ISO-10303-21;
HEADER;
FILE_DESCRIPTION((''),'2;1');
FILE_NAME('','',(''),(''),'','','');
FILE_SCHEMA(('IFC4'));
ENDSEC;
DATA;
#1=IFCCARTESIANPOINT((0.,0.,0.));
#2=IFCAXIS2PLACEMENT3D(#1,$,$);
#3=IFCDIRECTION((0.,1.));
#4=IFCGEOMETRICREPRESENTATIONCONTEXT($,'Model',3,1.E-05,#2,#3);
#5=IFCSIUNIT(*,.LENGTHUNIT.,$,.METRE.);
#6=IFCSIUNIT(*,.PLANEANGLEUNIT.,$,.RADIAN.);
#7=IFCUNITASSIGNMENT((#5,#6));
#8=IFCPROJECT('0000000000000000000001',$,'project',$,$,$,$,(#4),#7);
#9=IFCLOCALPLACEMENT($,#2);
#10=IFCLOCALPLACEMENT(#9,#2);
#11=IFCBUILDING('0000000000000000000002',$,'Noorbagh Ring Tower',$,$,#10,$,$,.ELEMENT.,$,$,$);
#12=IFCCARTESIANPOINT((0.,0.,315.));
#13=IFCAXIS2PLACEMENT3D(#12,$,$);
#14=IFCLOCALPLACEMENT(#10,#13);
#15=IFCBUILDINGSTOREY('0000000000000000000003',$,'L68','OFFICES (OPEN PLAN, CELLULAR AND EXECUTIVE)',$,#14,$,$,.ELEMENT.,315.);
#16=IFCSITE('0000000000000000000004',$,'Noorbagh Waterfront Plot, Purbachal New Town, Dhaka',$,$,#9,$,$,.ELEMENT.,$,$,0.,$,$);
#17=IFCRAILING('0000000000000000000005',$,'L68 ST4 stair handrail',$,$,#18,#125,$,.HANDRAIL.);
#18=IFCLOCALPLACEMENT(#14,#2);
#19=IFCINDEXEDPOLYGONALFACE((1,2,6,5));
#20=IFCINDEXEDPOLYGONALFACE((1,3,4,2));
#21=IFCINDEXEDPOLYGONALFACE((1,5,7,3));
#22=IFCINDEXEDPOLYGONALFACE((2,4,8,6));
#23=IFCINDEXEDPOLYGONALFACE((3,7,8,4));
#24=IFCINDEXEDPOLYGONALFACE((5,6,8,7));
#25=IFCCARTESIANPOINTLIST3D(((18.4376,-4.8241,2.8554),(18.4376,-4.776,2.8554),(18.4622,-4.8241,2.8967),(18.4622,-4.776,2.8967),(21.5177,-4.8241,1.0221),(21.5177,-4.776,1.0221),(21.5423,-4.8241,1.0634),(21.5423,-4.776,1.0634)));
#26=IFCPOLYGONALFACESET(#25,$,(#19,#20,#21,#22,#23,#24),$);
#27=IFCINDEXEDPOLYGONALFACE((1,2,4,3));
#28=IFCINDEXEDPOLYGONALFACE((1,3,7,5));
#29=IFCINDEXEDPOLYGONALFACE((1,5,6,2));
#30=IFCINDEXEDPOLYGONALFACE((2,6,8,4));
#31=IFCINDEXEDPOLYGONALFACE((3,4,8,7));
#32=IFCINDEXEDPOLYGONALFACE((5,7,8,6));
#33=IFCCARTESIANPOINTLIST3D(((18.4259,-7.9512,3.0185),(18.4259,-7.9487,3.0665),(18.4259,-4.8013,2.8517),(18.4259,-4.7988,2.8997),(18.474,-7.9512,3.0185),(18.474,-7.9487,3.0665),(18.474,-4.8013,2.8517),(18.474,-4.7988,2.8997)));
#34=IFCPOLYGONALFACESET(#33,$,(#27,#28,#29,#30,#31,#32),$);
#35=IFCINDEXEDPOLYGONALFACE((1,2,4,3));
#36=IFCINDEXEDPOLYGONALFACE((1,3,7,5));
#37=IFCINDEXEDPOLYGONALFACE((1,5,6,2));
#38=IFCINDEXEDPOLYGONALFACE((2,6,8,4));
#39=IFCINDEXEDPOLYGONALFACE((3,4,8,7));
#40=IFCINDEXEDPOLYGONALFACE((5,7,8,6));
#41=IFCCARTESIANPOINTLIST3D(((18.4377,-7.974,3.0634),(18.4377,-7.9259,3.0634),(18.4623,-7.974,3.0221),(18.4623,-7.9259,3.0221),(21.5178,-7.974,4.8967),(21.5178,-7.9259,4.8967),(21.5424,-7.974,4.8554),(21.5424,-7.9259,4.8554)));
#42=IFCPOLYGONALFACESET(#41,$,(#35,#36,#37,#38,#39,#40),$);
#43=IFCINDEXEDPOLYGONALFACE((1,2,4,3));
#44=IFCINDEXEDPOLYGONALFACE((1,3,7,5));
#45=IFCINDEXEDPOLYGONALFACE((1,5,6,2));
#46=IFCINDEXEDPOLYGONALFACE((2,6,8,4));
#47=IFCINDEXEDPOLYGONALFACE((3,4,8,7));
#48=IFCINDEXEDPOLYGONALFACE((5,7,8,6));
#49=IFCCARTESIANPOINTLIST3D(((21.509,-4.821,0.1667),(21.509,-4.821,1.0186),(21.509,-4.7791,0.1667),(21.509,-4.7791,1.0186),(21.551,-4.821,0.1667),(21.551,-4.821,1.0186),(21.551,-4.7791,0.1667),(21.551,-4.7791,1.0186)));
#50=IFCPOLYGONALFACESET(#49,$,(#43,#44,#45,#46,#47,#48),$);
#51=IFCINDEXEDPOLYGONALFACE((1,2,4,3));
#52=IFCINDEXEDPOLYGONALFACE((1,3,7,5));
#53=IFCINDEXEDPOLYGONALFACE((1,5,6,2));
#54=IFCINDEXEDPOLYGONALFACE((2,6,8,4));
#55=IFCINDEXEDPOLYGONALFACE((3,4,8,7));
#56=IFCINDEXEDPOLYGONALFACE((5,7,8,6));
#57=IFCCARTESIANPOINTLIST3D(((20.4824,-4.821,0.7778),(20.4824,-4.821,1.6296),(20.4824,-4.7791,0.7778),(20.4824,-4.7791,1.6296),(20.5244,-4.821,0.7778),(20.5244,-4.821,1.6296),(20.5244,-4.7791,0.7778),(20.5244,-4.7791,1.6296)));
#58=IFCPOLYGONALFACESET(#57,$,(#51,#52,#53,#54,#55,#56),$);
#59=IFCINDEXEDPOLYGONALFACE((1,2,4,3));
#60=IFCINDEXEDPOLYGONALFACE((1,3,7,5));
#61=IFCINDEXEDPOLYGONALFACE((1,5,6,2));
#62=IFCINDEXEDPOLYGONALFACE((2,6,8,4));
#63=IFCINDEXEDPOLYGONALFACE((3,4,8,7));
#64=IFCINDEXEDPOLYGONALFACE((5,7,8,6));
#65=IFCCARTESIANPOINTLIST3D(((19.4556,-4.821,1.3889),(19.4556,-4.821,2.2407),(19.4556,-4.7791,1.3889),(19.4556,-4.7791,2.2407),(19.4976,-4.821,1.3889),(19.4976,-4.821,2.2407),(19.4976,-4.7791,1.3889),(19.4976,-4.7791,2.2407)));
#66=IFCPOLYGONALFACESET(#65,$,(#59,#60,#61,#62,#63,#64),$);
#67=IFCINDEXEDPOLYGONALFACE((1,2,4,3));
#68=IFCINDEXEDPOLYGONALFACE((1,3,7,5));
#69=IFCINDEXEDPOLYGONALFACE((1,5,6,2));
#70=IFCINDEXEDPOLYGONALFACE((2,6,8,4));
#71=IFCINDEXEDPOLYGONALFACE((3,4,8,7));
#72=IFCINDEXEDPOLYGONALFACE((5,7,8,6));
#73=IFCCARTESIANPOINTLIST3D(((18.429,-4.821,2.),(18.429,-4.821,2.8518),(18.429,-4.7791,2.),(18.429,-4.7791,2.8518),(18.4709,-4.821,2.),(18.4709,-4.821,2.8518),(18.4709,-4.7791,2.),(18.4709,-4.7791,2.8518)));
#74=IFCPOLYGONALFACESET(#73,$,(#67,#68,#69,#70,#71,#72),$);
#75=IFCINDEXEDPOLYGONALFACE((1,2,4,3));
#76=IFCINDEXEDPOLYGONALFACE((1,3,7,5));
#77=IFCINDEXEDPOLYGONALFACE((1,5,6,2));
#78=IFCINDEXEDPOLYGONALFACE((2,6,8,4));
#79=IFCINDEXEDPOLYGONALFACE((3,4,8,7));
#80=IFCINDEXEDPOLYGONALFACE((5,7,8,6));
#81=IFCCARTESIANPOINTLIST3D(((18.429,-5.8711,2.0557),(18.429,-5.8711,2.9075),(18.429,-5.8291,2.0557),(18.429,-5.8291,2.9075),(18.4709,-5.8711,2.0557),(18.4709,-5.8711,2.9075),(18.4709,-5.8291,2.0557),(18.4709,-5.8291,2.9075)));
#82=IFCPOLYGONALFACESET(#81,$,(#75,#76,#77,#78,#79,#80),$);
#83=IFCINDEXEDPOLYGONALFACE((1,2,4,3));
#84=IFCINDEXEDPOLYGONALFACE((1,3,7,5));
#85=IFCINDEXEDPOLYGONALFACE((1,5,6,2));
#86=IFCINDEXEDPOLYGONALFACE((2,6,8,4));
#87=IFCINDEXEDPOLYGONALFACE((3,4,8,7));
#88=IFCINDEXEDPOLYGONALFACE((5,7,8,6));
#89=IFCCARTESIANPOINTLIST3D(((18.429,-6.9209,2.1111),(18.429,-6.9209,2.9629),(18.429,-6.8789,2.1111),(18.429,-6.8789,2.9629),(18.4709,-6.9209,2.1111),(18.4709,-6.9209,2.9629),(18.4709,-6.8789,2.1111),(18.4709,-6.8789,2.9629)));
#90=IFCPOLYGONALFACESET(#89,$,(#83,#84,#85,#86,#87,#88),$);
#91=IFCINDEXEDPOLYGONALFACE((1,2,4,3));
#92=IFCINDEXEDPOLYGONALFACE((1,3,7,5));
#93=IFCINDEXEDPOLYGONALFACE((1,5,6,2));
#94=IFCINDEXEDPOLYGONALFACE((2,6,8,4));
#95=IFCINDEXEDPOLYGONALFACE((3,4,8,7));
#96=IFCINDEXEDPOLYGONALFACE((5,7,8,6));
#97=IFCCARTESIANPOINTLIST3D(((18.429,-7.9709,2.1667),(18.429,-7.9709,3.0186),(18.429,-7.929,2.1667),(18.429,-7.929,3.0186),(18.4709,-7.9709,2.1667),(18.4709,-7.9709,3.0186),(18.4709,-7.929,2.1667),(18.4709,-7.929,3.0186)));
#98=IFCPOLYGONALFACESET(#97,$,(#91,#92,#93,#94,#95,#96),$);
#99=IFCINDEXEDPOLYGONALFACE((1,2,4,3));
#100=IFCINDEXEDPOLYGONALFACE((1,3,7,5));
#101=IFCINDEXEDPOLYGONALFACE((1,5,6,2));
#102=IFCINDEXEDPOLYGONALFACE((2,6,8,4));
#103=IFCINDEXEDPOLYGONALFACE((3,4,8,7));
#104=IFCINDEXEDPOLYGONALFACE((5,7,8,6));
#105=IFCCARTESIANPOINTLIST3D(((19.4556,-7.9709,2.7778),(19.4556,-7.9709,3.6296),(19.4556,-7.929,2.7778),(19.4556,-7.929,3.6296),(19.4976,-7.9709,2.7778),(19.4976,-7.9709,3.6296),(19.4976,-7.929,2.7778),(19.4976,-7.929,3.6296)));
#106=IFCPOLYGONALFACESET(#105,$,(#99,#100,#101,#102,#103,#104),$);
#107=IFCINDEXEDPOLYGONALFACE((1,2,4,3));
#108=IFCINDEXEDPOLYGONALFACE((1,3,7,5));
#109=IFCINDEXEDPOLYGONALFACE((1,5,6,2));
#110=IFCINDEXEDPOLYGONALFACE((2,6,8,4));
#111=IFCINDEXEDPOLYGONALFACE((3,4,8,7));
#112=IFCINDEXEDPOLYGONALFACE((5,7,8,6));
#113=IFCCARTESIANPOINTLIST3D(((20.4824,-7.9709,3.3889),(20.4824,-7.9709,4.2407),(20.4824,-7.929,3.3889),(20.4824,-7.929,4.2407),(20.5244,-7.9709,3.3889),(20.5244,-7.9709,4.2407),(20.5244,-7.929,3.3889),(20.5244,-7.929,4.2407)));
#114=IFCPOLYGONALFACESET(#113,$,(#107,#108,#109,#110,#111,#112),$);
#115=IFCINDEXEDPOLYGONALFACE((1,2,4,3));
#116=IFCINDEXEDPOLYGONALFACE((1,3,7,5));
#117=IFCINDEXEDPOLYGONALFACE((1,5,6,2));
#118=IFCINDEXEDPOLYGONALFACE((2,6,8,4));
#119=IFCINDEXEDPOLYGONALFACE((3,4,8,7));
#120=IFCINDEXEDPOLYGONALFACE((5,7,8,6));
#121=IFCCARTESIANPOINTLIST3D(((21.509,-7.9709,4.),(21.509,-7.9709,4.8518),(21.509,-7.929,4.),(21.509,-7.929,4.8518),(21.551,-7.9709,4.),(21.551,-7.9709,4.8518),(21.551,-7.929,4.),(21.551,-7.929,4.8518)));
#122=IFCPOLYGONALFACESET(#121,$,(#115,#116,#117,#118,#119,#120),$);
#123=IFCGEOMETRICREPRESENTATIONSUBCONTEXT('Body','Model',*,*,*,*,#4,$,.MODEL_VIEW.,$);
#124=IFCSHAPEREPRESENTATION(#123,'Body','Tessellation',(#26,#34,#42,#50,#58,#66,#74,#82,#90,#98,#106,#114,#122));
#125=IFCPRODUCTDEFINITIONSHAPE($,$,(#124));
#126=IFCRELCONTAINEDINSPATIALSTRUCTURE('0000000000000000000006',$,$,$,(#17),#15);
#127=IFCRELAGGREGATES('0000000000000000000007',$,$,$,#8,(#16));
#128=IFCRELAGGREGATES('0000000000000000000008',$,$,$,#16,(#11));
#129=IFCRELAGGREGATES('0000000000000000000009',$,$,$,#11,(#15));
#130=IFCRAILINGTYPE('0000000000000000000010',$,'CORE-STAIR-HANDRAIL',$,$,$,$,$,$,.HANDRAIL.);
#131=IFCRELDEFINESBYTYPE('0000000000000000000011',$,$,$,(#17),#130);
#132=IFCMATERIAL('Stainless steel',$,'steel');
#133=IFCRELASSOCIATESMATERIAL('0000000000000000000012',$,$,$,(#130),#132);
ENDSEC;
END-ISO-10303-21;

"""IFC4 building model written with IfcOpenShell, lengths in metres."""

from ifc_helpers import new_model, si_unit, direction, frame, origin, origin_2d, place, context, subcontext, project, spatial, rectangle, extrude, material, type_object, element, save


model = new_model("IFC4")

# Units and contexts
model_context = context("Model", 3, precision=1e-05, world=origin(), true_north=direction((0.0, 1.0)))
body_context = subcontext(model_context, "Body", "Model", "MODEL_VIEW")
ifc_project = project(units=[si_unit("LENGTHUNIT", "METRE"), si_unit("PLANEANGLEUNIT", "RADIAN")], contexts=[model_context])

# Site, building, storey
site_placement = place(None, origin())
site = spatial("IfcSite", under=ifc_project, at=site_placement, Name="Noorbagh Waterfront Plot, Purbachal New Town, Dhaka", CompositionType="ELEMENT", RefElevation=0.0)
building_placement = place(site_placement, origin())
building = spatial("IfcBuilding", under=site, at=building_placement, Name="Noorbagh Ring Tower", CompositionType="ELEMENT")
storey_placement = place(building_placement, frame((0.0, 0.0, 315.0)))
storey = spatial("IfcBuildingStorey", under=building, at=storey_placement, Name="L68", Description="OFFICES (OPEN PLAN, CELLULAR AND EXECUTIVE)", CompositionType="ELEMENT", Elevation=315.0)

# Railing
ifc_material_1 = material(Name="Stainless steel", Category="steel")
railing_type_1 = type_object("IfcRailingType", Name="CORE-STAIR-HANDRAIL", PredefinedType="HANDRAIL", material=ifc_material_1)
railing_1_placement = place(storey_placement, frame((21.53, -4.8, 0.1667)))
element("IfcRailing", 1, at=railing_1_placement, inside=storey, type_object=railing_type_1, Name="L68 ST4 stair handrail", PredefinedType="HANDRAIL", context=body_context, shape_type="SweptSolid", body=[
    extrude(rectangle(XDim=0.0481, YDim=0.0481, at=origin_2d()), frame((0.0, 0.0, 0.876), z_axis=(-0.859309, 0.0, 0.511458), x_axis=(0.0, -1.0, 0.0)), (0.0, 0.0, 1.0), 3.5845),
    extrude(rectangle(XDim=0.0481, YDim=0.0481, at=origin_2d()), frame((-3.0801, 0.0, 2.709), z_axis=(0.0, -0.998602, 0.052864), x_axis=(1.0, 0.0, 0.0)), (0.0, 0.0, 1.0), 3.1543),
    extrude(rectangle(XDim=0.0481, YDim=0.0481, at=origin_2d()), frame((-3.0801, -3.1499, 2.876), z_axis=(0.859309, 0.0, 0.511458), x_axis=(0.0, 1.0, 0.0)), (0.0, 0.0, 1.0), 3.5845),
    extrude(rectangle(XDim=0.042, YDim=0.042, at=origin_2d()), origin(), (0.0, 0.0, 1.0), 0.8518),
    extrude(rectangle(XDim=0.042, YDim=0.042, at=origin_2d()), frame((-1.0266, 0.0, 0.6111)), (0.0, 0.0, 1.0), 0.8518),
    extrude(rectangle(XDim=0.042, YDim=0.042, at=origin_2d()), frame((-2.0535, 0.0, 1.2222)), (0.0, 0.0, 1.0), 0.8518),
    extrude(rectangle(XDim=0.042, YDim=0.042, at=origin_2d()), frame((-3.0801, 0.0, 1.8333)), (0.0, 0.0, 1.0), 0.8518),
    extrude(rectangle(XDim=0.042, YDim=0.042, at=origin_2d()), frame((-3.0801, -1.05, 1.8889)), (0.0, 0.0, 1.0), 0.8518),
    extrude(rectangle(XDim=0.042, YDim=0.042, at=origin_2d()), frame((-3.0801, -2.0999, 1.9443)), (0.0, 0.0, 1.0), 0.8518),
    extrude(rectangle(XDim=0.042, YDim=0.042, at=origin_2d()), frame((-3.0801, -3.1499, 2.0)), (0.0, 0.0, 1.0), 0.8518),
    extrude(rectangle(XDim=0.042, YDim=0.042, at=origin_2d()), frame((-2.0535, -3.1499, 2.6111)), (0.0, 0.0, 1.0), 0.8518),
    extrude(rectangle(XDim=0.042, YDim=0.042, at=origin_2d()), frame((-1.0266, -3.1499, 3.2222)), (0.0, 0.0, 1.0), 0.8518),
    extrude(rectangle(XDim=0.042, YDim=0.042, at=origin_2d()), frame((0.0, -3.1499, 3.8333)), (0.0, 0.0, 1.0), 0.8518),
])

save(model, "model.ifc")
